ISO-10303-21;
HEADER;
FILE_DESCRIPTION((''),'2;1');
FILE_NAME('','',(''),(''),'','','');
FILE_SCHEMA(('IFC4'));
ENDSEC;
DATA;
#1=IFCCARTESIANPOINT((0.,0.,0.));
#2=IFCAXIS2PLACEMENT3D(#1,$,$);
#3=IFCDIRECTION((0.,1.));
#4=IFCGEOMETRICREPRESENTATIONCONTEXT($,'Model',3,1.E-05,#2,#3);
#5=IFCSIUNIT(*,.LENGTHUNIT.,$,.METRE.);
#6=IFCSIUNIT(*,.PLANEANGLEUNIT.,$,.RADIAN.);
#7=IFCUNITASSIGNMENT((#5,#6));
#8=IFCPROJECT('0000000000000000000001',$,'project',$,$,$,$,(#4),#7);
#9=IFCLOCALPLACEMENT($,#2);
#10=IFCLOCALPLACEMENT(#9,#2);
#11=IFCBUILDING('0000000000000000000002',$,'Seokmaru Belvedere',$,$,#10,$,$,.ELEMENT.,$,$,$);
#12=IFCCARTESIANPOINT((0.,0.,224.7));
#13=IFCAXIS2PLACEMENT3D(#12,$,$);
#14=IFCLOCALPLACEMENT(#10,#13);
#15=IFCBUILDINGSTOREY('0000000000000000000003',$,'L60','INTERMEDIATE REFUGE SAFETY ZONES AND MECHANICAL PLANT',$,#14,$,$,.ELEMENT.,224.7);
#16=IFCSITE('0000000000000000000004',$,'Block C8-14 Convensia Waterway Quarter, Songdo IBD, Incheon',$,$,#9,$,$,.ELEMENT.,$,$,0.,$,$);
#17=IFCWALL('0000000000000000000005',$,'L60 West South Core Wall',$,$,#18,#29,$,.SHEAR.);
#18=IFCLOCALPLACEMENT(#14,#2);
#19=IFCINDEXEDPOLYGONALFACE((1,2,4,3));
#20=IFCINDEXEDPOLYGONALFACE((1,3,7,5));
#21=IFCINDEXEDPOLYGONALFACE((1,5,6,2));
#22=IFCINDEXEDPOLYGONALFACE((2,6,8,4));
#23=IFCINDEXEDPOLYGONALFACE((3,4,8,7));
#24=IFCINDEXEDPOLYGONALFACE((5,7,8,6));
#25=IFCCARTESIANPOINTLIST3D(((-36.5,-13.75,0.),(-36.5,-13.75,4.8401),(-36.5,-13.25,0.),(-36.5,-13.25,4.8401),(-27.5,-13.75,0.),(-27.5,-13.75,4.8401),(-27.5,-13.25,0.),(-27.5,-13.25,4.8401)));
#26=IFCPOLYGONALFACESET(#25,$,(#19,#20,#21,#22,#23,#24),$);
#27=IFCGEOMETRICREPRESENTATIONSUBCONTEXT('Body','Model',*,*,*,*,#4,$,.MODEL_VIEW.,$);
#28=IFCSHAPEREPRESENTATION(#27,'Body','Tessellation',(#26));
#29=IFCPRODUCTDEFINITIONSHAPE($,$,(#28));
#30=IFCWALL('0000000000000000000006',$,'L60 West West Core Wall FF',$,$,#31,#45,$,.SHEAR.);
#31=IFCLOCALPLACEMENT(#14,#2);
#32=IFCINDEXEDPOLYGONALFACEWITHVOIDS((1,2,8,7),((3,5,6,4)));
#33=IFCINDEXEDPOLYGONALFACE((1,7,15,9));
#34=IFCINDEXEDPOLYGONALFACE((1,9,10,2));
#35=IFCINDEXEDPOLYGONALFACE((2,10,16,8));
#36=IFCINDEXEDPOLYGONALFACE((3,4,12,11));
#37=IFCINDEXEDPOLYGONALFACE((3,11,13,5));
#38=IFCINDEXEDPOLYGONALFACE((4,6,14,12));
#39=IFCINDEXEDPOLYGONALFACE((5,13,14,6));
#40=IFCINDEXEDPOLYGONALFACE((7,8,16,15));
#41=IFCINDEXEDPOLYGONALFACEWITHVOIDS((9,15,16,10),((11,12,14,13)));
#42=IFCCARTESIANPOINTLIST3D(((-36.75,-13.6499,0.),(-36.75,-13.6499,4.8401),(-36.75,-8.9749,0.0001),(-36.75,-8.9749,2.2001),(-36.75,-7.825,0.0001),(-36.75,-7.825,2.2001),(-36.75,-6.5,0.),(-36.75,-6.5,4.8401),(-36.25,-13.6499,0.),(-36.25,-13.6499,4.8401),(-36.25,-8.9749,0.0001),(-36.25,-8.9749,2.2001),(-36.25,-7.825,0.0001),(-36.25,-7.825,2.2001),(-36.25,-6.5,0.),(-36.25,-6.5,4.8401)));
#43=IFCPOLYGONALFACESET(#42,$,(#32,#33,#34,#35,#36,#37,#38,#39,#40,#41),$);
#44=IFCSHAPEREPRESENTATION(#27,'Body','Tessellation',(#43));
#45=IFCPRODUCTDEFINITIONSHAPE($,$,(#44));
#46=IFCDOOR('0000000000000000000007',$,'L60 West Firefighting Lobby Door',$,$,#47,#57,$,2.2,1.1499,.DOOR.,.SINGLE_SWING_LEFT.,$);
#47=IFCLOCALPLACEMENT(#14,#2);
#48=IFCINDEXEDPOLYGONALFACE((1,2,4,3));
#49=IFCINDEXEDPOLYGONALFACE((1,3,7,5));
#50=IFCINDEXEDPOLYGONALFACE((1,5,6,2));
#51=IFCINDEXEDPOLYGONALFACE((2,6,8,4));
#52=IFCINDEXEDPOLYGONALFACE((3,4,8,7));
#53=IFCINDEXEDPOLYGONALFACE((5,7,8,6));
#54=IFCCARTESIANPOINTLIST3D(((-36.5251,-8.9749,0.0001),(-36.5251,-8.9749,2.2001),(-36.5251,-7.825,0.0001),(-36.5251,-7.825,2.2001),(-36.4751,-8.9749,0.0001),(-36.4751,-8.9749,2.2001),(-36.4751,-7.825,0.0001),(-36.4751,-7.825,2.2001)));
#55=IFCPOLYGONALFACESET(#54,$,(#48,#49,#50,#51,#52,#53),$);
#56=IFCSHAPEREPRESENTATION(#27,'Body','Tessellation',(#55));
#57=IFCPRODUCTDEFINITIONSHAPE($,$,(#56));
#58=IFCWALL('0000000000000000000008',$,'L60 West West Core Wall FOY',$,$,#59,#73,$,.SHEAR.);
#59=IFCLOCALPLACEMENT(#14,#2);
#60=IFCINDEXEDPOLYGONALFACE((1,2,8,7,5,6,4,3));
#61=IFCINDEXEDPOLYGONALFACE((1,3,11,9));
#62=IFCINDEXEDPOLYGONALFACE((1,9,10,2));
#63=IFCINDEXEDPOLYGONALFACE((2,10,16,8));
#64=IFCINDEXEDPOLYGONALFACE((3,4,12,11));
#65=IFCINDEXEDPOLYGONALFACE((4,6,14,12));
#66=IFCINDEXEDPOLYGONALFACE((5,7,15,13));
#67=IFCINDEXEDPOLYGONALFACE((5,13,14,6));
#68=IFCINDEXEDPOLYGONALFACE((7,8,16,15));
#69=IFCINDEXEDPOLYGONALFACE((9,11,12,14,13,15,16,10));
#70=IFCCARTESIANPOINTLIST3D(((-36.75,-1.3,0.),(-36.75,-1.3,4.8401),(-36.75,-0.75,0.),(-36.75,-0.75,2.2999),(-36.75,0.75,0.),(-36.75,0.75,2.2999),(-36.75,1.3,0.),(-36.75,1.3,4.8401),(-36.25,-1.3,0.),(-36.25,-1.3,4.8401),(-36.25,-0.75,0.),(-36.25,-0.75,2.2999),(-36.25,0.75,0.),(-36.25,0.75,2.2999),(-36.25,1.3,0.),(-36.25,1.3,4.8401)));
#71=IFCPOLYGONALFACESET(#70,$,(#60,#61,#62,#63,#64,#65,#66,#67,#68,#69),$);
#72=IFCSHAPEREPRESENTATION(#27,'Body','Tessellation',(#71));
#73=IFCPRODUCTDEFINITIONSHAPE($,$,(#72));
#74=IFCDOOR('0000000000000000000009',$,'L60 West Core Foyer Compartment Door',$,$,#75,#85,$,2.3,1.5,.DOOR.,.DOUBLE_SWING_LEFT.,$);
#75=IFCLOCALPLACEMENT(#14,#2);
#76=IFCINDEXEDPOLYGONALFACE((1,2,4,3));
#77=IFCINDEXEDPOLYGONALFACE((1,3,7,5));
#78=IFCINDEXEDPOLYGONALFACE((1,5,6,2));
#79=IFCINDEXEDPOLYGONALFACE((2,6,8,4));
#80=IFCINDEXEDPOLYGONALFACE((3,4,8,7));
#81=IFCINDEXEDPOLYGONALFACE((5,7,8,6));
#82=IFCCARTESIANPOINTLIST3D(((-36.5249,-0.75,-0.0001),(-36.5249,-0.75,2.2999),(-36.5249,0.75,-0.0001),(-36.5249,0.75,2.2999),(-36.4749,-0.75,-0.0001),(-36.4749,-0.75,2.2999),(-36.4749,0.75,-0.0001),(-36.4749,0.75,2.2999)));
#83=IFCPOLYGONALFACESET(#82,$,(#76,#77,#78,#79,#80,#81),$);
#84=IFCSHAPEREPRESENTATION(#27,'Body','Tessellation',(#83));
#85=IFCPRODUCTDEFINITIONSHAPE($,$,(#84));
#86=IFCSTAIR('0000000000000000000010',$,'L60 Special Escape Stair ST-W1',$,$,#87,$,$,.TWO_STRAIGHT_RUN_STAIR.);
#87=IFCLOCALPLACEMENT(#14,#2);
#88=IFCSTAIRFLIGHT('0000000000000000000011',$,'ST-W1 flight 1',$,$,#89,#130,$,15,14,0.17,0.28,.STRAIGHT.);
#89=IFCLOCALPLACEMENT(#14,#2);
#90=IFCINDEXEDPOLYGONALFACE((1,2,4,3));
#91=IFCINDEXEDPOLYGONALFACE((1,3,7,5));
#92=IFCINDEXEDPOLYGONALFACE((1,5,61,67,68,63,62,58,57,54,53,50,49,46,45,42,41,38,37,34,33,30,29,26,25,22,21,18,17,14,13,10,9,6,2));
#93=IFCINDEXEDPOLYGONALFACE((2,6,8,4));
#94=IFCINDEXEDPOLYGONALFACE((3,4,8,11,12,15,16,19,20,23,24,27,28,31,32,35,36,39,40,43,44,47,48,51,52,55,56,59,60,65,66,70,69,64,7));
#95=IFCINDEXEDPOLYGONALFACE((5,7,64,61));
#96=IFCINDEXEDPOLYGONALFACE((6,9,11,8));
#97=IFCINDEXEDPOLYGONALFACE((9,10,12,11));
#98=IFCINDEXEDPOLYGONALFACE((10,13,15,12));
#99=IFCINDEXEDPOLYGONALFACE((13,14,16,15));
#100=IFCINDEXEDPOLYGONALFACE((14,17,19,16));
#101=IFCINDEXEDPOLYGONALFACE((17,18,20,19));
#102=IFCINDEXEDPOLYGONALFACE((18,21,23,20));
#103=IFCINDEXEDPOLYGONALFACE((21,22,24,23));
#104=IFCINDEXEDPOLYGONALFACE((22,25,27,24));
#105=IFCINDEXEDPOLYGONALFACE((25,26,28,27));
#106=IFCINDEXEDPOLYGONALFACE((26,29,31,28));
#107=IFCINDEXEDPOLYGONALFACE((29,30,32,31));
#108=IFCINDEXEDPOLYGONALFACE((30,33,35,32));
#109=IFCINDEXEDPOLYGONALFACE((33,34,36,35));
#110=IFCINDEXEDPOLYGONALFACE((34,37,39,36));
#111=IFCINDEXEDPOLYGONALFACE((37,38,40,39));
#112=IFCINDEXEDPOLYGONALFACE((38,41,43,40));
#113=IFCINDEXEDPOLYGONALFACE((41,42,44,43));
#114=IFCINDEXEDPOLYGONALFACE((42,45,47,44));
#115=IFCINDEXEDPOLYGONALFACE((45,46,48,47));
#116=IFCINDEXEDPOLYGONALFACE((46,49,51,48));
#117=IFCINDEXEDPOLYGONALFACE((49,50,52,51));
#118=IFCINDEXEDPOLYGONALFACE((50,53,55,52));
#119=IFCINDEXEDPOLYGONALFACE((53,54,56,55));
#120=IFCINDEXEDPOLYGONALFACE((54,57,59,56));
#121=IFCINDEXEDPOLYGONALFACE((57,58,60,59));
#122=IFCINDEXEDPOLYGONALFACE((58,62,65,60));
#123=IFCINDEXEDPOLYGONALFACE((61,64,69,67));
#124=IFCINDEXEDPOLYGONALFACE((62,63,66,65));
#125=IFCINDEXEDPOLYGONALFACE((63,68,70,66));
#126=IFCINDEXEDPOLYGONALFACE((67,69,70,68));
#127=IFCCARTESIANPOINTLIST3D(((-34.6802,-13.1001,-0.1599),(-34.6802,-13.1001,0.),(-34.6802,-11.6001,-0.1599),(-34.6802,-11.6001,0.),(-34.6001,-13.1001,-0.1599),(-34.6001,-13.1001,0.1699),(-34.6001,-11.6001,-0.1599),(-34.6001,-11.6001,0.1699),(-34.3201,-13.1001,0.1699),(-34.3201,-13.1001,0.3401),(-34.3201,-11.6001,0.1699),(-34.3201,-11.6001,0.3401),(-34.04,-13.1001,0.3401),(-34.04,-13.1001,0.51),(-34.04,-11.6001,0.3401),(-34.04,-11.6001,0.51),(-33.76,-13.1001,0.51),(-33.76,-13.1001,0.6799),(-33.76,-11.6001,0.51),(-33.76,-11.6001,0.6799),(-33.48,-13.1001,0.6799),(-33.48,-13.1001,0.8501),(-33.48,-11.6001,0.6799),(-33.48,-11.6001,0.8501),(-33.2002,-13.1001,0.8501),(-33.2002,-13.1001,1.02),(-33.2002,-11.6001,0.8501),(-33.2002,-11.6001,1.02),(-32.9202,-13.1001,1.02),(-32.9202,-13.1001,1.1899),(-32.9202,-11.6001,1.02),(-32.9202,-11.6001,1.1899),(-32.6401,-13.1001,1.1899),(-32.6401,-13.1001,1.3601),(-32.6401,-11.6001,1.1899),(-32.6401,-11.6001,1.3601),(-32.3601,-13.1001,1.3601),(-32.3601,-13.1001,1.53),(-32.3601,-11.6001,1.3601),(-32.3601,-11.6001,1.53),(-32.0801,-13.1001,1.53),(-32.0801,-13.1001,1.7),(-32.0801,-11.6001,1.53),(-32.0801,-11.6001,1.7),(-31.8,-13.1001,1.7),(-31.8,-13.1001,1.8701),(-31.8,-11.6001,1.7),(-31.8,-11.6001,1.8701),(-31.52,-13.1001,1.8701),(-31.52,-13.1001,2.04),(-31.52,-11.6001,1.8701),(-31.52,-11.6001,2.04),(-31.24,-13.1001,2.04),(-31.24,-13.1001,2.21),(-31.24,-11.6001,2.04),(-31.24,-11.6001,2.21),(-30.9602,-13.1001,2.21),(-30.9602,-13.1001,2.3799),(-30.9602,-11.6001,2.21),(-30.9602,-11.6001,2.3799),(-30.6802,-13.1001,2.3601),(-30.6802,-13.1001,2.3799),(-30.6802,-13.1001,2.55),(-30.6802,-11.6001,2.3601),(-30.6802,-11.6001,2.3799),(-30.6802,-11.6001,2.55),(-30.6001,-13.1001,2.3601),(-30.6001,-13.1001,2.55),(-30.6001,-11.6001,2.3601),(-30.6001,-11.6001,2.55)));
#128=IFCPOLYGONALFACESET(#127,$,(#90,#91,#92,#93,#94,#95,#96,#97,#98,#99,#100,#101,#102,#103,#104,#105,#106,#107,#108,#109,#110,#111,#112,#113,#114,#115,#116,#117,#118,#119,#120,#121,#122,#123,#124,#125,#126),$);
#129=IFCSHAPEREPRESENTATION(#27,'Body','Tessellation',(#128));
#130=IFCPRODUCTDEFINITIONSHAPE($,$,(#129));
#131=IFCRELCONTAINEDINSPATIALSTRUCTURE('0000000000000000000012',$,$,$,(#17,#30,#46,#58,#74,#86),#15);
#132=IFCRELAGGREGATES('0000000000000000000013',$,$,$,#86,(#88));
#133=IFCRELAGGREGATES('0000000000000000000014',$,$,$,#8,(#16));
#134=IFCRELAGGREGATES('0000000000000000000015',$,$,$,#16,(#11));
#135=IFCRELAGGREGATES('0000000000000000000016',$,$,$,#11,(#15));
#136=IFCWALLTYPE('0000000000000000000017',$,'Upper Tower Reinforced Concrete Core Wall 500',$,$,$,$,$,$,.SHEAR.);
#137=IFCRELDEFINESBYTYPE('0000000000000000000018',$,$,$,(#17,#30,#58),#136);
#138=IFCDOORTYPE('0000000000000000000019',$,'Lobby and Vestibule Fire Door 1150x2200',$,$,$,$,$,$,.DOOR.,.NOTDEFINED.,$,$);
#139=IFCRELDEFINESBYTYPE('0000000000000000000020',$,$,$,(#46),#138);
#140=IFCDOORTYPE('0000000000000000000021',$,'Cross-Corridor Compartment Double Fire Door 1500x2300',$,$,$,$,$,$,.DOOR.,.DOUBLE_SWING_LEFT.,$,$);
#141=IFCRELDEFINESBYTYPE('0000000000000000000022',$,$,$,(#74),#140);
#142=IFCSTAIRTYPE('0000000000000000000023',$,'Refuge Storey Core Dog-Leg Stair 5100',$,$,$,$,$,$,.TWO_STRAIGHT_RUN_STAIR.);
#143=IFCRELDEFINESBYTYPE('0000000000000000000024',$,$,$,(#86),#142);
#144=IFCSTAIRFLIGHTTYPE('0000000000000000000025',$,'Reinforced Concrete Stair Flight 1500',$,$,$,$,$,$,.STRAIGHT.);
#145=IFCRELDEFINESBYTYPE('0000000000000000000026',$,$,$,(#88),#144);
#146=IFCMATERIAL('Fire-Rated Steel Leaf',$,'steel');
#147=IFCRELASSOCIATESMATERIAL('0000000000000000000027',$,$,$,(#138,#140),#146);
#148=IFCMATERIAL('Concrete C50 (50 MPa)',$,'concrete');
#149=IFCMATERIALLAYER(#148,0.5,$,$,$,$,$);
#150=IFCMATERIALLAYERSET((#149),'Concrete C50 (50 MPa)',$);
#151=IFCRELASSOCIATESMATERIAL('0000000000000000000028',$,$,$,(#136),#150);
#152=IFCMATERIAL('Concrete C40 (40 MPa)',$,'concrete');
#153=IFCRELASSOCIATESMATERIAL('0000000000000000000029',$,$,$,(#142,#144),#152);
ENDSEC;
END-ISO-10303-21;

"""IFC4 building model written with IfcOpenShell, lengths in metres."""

from ifc_helpers import new_model, si_unit, direction, frame, frame_2d, origin, place, context, subcontext, project, spatial, polyline, rectangle, outline, extrude, source, transform, mapped, material, layer, layer_set, type_object, type_shapes, element, fill, aggregate, save


model = new_model("IFC4")

# Units and contexts
model_context = context("Model", 3, precision=1e-05, world=origin(), true_north=direction((0.0, 1.0)))
body_context = subcontext(model_context, "Body", "Model", "MODEL_VIEW")
ifc_project = project(units=[si_unit("LENGTHUNIT", "METRE"), si_unit("PLANEANGLEUNIT", "RADIAN")], contexts=[model_context])

# Site, building, storey
site_placement = place(None, origin())
site = spatial("IfcSite", under=ifc_project, at=site_placement, Name="Block C8-14 Convensia Waterway Quarter, Songdo IBD, Incheon", CompositionType="ELEMENT", RefElevation=0.0)
building_placement = place(site_placement, origin())
building = spatial("IfcBuilding", under=site, at=building_placement, Name="Seokmaru Belvedere", CompositionType="ELEMENT")
storey_placement = place(building_placement, frame((0.0, 0.0, 224.7)))
storey = spatial("IfcBuildingStorey", under=building, at=storey_placement, Name="L60", Description="INTERMEDIATE REFUGE SAFETY ZONES AND MECHANICAL PLANT", CompositionType="ELEMENT", Elevation=224.7)

# Shared definitions
ifc_material_1 = material(Name="Fire-Rated Steel Leaf", Category="steel")
door_type_1 = type_object("IfcDoorType", Name="Lobby and Vestibule Fire Door 1150x2200", OperationType="NOTDEFINED", PredefinedType="DOOR", material=ifc_material_1)
shared_shape_1 = source(origin(), body_context, "Body", "SweptSolid", [
    extrude(rectangle(XDim=1.1499, YDim=2.2, at=frame_2d((0.575, 1.1001))), frame((0.0, 0.0249, 0.0), z_axis=(0.0, -1.0, 0.0), x_axis=(1.0, 0.0, 0.0)), (0.0, 0.0, 1.0), 0.05),
])
type_shapes(door_type_1, [shared_shape_1])

# Shared definitions
ifc_material_2 = material(Name="Concrete C50 (50 MPa)", Category="concrete")

# Wall
ifc_material_3 = material(Name="Concrete C40 (40 MPa)", Category="concrete")
ifc_layer_1 = layer(ifc_material_2, 0.5)
ifc_layer_set_1 = layer_set([ifc_layer_1], Name="Concrete C50 (50 MPa)")
wall_type_1 = type_object("IfcWallType", Name="Upper Tower Reinforced Concrete Core Wall 500", PredefinedType="SHEAR", material=ifc_layer_set_1)
wall_1_placement = place(storey_placement, frame((-36.5, -13.5, 0.0), z_axis=(0.0, 0.0, 1.0), x_axis=(1.0, 0.0, 0.0)))
element("IfcWall", 1, at=wall_1_placement, inside=storey, type_object=wall_type_1, Name="L60 West South Core Wall", PredefinedType="SHEAR", context=body_context, shape_type="SweptSolid", body=[
    extrude(rectangle(XDim=9.0, YDim=0.5, at=frame_2d((4.5, 0.0))), origin(), (0.0, 0.0, 1.0), 4.8401),
])

# Walls, openings, doors
wall_2_placement = place(storey_placement, frame((-36.5, -13.6499, 0.0), z_axis=(0.0, 0.0, 1.0), x_axis=(0.0, 1.0, 0.0)))
wall_2 = element("IfcWall", 2, at=wall_2_placement, inside=storey, type_object=wall_type_1, Name="L60 West West Core Wall FF", PredefinedType="SHEAR", context=body_context, shape_type="SweptSolid", body=[
    extrude(rectangle(XDim=7.1499, YDim=0.5, at=frame_2d((3.575, 0.0))), origin(), (0.0, 0.0, 1.0), 4.8401),
])
opening_1_placement = place(wall_2_placement, frame((4.675, 0.0, 0.0)))
opening_1 = element("IfcOpeningElement", 3, at=opening_1_placement, cuts=wall_2, PredefinedType="OPENING", context=body_context, shape_type="SweptSolid", body=[
    extrude(rectangle(XDim=1.1499, YDim=2.2, at=frame_2d((0.575, 1.1001))), frame((0.0, 0.26, 0.0), z_axis=(0.0, -1.0, 0.0), x_axis=(1.0, 0.0, 0.0)), (0.0, 0.0, 1.0), 0.52),
])
door_1_placement = place(opening_1_placement, frame((1.1499, 0.0, 0.0), z_axis=(0.0, 0.0, 1.0), x_axis=(-1.0, 0.0, 0.0)))
door_1 = element("IfcDoor", 4, at=door_1_placement, inside=storey, type_object=door_type_1, Name="L60 West Firefighting Lobby Door", OperationType="SINGLE_SWING_LEFT", OverallHeight=2.2, OverallWidth=1.1499, PredefinedType="DOOR", context=body_context, shape_type="MappedRepresentation", body=[
    mapped(shared_shape_1, transform((0.0, 0.0, 0.0), scale=1.0)),
])
fill(opening_1, door_1)
wall_3_placement = place(storey_placement, frame((-36.5, -1.3, 0.0), z_axis=(0.0, 0.0, 1.0), x_axis=(0.0, 1.0, 0.0)))
wall_3 = element("IfcWall", 5, at=wall_3_placement, inside=storey, type_object=wall_type_1, Name="L60 West West Core Wall FOY", PredefinedType="SHEAR", context=body_context, shape_type="SweptSolid", body=[
    extrude(rectangle(XDim=2.6001, YDim=0.5, at=frame_2d((1.3, 0.0))), origin(), (0.0, 0.0, 1.0), 4.8401),
])
opening_2_placement = place(wall_3_placement, frame((0.55, 0.0, 0.0)))
opening_2 = element("IfcOpeningElement", 6, at=opening_2_placement, cuts=wall_3, PredefinedType="OPENING", context=body_context, shape_type="SweptSolid", body=[
    extrude(rectangle(XDim=1.5, YDim=2.3, at=frame_2d((0.75, 1.1499))), frame((0.0, 0.26, 0.0), z_axis=(0.0, -1.0, 0.0), x_axis=(1.0, 0.0, 0.0)), (0.0, 0.0, 1.0), 0.52),
])
door_type_2 = type_object("IfcDoorType", Name="Cross-Corridor Compartment Double Fire Door 1500x2300", OperationType="DOUBLE_SWING_LEFT", PredefinedType="DOOR", material=ifc_material_1)
shared_shape_2 = source(origin(), body_context, "Body", "SweptSolid", [
    extrude(rectangle(XDim=1.5, YDim=2.3, at=frame_2d((0.75, 1.1499))), frame((0.0, 0.0249, 0.0), z_axis=(0.0, -1.0, 0.0), x_axis=(1.0, 0.0, 0.0)), (0.0, 0.0, 1.0), 0.05),
])
type_shapes(door_type_2, [shared_shape_2])
door_2_placement = place(opening_2_placement, origin())
door_2 = element("IfcDoor", 7, at=door_2_placement, inside=storey, type_object=door_type_2, Name="L60 West Core Foyer Compartment Door", OperationType="DOUBLE_SWING_LEFT", OverallHeight=2.3, OverallWidth=1.5, PredefinedType="DOOR", context=body_context, shape_type="MappedRepresentation", body=[
    mapped(shared_shape_2, transform((0.0, 0.0, 0.0), scale=1.0)),
])
fill(opening_2, door_2)

# Stair, stair flight
stair_type = type_object("IfcStairType", Name="Refuge Storey Core Dog-Leg Stair 5100", PredefinedType="TWO_STRAIGHT_RUN_STAIR", material=ifc_material_3)
stair_placement = place(storey_placement, origin())
stair = element("IfcStair", 8, at=stair_placement, inside=storey, type_object=stair_type, Name="L60 Special Escape Stair ST-W1", PredefinedType="TWO_STRAIGHT_RUN_STAIR")
stair_flight_type = type_object("IfcStairFlightType", Name="Reinforced Concrete Stair Flight 1500", PredefinedType="STRAIGHT", material=ifc_material_3)
stair_flight_placement = place(storey_placement, frame((-34.6001, -12.3501, 0.0), z_axis=(0.0, 0.0, 1.0), x_axis=(1.0, 0.0, 0.0)))
stair_flight = element("IfcStairFlight", 9, at=stair_flight_placement, type_object=stair_flight_type, Name="ST-W1 flight 1", NumberOfRisers=15, NumberOfTreads=14, PredefinedType="STRAIGHT", RiserHeight=0.17, TreadLength=0.28, context=body_context, shape_type="SweptSolid", body=[
    extrude(outline(polyline([(-0.0801, 0.0), (0.0, 0.1699), (0.28, 0.1699), (0.28, 0.3401), (0.5601, 0.3401), (0.5601, 0.51), (0.8401, 0.51), (0.8401, 0.6799), (1.1201, 0.6799), (1.1201, 0.8501), (1.3999, 0.8501), (1.3999, 1.02), (1.6799, 1.02), (1.6799, 1.1899), (1.96, 1.1899), (1.96, 1.3601), (2.24, 1.3601), (2.24, 1.53), (2.52, 1.53), (2.52, 1.7), (2.8, 1.7), (2.8, 1.8701), (3.0801, 1.8701), (3.0801, 2.04), (3.3601, 2.04), (3.3601, 2.21), (3.6399, 2.21), (3.6399, 2.3799), (3.9199, 2.3799), (3.9199, 2.55), (4.0, 2.55), (4.0, 2.3601), (3.9199, 2.3601), (0.0, -0.1599), (-0.0801, -0.1599), (-0.0801, 0.0)])), frame((0.0, 0.75, 0.0), z_axis=(0.0, -1.0, 0.0), x_axis=(1.0, 0.0, 0.0)), (0.0, 0.0, 1.0), 1.5),
])
aggregate(stair, [stair_flight])

save(model, "model.ifc")
